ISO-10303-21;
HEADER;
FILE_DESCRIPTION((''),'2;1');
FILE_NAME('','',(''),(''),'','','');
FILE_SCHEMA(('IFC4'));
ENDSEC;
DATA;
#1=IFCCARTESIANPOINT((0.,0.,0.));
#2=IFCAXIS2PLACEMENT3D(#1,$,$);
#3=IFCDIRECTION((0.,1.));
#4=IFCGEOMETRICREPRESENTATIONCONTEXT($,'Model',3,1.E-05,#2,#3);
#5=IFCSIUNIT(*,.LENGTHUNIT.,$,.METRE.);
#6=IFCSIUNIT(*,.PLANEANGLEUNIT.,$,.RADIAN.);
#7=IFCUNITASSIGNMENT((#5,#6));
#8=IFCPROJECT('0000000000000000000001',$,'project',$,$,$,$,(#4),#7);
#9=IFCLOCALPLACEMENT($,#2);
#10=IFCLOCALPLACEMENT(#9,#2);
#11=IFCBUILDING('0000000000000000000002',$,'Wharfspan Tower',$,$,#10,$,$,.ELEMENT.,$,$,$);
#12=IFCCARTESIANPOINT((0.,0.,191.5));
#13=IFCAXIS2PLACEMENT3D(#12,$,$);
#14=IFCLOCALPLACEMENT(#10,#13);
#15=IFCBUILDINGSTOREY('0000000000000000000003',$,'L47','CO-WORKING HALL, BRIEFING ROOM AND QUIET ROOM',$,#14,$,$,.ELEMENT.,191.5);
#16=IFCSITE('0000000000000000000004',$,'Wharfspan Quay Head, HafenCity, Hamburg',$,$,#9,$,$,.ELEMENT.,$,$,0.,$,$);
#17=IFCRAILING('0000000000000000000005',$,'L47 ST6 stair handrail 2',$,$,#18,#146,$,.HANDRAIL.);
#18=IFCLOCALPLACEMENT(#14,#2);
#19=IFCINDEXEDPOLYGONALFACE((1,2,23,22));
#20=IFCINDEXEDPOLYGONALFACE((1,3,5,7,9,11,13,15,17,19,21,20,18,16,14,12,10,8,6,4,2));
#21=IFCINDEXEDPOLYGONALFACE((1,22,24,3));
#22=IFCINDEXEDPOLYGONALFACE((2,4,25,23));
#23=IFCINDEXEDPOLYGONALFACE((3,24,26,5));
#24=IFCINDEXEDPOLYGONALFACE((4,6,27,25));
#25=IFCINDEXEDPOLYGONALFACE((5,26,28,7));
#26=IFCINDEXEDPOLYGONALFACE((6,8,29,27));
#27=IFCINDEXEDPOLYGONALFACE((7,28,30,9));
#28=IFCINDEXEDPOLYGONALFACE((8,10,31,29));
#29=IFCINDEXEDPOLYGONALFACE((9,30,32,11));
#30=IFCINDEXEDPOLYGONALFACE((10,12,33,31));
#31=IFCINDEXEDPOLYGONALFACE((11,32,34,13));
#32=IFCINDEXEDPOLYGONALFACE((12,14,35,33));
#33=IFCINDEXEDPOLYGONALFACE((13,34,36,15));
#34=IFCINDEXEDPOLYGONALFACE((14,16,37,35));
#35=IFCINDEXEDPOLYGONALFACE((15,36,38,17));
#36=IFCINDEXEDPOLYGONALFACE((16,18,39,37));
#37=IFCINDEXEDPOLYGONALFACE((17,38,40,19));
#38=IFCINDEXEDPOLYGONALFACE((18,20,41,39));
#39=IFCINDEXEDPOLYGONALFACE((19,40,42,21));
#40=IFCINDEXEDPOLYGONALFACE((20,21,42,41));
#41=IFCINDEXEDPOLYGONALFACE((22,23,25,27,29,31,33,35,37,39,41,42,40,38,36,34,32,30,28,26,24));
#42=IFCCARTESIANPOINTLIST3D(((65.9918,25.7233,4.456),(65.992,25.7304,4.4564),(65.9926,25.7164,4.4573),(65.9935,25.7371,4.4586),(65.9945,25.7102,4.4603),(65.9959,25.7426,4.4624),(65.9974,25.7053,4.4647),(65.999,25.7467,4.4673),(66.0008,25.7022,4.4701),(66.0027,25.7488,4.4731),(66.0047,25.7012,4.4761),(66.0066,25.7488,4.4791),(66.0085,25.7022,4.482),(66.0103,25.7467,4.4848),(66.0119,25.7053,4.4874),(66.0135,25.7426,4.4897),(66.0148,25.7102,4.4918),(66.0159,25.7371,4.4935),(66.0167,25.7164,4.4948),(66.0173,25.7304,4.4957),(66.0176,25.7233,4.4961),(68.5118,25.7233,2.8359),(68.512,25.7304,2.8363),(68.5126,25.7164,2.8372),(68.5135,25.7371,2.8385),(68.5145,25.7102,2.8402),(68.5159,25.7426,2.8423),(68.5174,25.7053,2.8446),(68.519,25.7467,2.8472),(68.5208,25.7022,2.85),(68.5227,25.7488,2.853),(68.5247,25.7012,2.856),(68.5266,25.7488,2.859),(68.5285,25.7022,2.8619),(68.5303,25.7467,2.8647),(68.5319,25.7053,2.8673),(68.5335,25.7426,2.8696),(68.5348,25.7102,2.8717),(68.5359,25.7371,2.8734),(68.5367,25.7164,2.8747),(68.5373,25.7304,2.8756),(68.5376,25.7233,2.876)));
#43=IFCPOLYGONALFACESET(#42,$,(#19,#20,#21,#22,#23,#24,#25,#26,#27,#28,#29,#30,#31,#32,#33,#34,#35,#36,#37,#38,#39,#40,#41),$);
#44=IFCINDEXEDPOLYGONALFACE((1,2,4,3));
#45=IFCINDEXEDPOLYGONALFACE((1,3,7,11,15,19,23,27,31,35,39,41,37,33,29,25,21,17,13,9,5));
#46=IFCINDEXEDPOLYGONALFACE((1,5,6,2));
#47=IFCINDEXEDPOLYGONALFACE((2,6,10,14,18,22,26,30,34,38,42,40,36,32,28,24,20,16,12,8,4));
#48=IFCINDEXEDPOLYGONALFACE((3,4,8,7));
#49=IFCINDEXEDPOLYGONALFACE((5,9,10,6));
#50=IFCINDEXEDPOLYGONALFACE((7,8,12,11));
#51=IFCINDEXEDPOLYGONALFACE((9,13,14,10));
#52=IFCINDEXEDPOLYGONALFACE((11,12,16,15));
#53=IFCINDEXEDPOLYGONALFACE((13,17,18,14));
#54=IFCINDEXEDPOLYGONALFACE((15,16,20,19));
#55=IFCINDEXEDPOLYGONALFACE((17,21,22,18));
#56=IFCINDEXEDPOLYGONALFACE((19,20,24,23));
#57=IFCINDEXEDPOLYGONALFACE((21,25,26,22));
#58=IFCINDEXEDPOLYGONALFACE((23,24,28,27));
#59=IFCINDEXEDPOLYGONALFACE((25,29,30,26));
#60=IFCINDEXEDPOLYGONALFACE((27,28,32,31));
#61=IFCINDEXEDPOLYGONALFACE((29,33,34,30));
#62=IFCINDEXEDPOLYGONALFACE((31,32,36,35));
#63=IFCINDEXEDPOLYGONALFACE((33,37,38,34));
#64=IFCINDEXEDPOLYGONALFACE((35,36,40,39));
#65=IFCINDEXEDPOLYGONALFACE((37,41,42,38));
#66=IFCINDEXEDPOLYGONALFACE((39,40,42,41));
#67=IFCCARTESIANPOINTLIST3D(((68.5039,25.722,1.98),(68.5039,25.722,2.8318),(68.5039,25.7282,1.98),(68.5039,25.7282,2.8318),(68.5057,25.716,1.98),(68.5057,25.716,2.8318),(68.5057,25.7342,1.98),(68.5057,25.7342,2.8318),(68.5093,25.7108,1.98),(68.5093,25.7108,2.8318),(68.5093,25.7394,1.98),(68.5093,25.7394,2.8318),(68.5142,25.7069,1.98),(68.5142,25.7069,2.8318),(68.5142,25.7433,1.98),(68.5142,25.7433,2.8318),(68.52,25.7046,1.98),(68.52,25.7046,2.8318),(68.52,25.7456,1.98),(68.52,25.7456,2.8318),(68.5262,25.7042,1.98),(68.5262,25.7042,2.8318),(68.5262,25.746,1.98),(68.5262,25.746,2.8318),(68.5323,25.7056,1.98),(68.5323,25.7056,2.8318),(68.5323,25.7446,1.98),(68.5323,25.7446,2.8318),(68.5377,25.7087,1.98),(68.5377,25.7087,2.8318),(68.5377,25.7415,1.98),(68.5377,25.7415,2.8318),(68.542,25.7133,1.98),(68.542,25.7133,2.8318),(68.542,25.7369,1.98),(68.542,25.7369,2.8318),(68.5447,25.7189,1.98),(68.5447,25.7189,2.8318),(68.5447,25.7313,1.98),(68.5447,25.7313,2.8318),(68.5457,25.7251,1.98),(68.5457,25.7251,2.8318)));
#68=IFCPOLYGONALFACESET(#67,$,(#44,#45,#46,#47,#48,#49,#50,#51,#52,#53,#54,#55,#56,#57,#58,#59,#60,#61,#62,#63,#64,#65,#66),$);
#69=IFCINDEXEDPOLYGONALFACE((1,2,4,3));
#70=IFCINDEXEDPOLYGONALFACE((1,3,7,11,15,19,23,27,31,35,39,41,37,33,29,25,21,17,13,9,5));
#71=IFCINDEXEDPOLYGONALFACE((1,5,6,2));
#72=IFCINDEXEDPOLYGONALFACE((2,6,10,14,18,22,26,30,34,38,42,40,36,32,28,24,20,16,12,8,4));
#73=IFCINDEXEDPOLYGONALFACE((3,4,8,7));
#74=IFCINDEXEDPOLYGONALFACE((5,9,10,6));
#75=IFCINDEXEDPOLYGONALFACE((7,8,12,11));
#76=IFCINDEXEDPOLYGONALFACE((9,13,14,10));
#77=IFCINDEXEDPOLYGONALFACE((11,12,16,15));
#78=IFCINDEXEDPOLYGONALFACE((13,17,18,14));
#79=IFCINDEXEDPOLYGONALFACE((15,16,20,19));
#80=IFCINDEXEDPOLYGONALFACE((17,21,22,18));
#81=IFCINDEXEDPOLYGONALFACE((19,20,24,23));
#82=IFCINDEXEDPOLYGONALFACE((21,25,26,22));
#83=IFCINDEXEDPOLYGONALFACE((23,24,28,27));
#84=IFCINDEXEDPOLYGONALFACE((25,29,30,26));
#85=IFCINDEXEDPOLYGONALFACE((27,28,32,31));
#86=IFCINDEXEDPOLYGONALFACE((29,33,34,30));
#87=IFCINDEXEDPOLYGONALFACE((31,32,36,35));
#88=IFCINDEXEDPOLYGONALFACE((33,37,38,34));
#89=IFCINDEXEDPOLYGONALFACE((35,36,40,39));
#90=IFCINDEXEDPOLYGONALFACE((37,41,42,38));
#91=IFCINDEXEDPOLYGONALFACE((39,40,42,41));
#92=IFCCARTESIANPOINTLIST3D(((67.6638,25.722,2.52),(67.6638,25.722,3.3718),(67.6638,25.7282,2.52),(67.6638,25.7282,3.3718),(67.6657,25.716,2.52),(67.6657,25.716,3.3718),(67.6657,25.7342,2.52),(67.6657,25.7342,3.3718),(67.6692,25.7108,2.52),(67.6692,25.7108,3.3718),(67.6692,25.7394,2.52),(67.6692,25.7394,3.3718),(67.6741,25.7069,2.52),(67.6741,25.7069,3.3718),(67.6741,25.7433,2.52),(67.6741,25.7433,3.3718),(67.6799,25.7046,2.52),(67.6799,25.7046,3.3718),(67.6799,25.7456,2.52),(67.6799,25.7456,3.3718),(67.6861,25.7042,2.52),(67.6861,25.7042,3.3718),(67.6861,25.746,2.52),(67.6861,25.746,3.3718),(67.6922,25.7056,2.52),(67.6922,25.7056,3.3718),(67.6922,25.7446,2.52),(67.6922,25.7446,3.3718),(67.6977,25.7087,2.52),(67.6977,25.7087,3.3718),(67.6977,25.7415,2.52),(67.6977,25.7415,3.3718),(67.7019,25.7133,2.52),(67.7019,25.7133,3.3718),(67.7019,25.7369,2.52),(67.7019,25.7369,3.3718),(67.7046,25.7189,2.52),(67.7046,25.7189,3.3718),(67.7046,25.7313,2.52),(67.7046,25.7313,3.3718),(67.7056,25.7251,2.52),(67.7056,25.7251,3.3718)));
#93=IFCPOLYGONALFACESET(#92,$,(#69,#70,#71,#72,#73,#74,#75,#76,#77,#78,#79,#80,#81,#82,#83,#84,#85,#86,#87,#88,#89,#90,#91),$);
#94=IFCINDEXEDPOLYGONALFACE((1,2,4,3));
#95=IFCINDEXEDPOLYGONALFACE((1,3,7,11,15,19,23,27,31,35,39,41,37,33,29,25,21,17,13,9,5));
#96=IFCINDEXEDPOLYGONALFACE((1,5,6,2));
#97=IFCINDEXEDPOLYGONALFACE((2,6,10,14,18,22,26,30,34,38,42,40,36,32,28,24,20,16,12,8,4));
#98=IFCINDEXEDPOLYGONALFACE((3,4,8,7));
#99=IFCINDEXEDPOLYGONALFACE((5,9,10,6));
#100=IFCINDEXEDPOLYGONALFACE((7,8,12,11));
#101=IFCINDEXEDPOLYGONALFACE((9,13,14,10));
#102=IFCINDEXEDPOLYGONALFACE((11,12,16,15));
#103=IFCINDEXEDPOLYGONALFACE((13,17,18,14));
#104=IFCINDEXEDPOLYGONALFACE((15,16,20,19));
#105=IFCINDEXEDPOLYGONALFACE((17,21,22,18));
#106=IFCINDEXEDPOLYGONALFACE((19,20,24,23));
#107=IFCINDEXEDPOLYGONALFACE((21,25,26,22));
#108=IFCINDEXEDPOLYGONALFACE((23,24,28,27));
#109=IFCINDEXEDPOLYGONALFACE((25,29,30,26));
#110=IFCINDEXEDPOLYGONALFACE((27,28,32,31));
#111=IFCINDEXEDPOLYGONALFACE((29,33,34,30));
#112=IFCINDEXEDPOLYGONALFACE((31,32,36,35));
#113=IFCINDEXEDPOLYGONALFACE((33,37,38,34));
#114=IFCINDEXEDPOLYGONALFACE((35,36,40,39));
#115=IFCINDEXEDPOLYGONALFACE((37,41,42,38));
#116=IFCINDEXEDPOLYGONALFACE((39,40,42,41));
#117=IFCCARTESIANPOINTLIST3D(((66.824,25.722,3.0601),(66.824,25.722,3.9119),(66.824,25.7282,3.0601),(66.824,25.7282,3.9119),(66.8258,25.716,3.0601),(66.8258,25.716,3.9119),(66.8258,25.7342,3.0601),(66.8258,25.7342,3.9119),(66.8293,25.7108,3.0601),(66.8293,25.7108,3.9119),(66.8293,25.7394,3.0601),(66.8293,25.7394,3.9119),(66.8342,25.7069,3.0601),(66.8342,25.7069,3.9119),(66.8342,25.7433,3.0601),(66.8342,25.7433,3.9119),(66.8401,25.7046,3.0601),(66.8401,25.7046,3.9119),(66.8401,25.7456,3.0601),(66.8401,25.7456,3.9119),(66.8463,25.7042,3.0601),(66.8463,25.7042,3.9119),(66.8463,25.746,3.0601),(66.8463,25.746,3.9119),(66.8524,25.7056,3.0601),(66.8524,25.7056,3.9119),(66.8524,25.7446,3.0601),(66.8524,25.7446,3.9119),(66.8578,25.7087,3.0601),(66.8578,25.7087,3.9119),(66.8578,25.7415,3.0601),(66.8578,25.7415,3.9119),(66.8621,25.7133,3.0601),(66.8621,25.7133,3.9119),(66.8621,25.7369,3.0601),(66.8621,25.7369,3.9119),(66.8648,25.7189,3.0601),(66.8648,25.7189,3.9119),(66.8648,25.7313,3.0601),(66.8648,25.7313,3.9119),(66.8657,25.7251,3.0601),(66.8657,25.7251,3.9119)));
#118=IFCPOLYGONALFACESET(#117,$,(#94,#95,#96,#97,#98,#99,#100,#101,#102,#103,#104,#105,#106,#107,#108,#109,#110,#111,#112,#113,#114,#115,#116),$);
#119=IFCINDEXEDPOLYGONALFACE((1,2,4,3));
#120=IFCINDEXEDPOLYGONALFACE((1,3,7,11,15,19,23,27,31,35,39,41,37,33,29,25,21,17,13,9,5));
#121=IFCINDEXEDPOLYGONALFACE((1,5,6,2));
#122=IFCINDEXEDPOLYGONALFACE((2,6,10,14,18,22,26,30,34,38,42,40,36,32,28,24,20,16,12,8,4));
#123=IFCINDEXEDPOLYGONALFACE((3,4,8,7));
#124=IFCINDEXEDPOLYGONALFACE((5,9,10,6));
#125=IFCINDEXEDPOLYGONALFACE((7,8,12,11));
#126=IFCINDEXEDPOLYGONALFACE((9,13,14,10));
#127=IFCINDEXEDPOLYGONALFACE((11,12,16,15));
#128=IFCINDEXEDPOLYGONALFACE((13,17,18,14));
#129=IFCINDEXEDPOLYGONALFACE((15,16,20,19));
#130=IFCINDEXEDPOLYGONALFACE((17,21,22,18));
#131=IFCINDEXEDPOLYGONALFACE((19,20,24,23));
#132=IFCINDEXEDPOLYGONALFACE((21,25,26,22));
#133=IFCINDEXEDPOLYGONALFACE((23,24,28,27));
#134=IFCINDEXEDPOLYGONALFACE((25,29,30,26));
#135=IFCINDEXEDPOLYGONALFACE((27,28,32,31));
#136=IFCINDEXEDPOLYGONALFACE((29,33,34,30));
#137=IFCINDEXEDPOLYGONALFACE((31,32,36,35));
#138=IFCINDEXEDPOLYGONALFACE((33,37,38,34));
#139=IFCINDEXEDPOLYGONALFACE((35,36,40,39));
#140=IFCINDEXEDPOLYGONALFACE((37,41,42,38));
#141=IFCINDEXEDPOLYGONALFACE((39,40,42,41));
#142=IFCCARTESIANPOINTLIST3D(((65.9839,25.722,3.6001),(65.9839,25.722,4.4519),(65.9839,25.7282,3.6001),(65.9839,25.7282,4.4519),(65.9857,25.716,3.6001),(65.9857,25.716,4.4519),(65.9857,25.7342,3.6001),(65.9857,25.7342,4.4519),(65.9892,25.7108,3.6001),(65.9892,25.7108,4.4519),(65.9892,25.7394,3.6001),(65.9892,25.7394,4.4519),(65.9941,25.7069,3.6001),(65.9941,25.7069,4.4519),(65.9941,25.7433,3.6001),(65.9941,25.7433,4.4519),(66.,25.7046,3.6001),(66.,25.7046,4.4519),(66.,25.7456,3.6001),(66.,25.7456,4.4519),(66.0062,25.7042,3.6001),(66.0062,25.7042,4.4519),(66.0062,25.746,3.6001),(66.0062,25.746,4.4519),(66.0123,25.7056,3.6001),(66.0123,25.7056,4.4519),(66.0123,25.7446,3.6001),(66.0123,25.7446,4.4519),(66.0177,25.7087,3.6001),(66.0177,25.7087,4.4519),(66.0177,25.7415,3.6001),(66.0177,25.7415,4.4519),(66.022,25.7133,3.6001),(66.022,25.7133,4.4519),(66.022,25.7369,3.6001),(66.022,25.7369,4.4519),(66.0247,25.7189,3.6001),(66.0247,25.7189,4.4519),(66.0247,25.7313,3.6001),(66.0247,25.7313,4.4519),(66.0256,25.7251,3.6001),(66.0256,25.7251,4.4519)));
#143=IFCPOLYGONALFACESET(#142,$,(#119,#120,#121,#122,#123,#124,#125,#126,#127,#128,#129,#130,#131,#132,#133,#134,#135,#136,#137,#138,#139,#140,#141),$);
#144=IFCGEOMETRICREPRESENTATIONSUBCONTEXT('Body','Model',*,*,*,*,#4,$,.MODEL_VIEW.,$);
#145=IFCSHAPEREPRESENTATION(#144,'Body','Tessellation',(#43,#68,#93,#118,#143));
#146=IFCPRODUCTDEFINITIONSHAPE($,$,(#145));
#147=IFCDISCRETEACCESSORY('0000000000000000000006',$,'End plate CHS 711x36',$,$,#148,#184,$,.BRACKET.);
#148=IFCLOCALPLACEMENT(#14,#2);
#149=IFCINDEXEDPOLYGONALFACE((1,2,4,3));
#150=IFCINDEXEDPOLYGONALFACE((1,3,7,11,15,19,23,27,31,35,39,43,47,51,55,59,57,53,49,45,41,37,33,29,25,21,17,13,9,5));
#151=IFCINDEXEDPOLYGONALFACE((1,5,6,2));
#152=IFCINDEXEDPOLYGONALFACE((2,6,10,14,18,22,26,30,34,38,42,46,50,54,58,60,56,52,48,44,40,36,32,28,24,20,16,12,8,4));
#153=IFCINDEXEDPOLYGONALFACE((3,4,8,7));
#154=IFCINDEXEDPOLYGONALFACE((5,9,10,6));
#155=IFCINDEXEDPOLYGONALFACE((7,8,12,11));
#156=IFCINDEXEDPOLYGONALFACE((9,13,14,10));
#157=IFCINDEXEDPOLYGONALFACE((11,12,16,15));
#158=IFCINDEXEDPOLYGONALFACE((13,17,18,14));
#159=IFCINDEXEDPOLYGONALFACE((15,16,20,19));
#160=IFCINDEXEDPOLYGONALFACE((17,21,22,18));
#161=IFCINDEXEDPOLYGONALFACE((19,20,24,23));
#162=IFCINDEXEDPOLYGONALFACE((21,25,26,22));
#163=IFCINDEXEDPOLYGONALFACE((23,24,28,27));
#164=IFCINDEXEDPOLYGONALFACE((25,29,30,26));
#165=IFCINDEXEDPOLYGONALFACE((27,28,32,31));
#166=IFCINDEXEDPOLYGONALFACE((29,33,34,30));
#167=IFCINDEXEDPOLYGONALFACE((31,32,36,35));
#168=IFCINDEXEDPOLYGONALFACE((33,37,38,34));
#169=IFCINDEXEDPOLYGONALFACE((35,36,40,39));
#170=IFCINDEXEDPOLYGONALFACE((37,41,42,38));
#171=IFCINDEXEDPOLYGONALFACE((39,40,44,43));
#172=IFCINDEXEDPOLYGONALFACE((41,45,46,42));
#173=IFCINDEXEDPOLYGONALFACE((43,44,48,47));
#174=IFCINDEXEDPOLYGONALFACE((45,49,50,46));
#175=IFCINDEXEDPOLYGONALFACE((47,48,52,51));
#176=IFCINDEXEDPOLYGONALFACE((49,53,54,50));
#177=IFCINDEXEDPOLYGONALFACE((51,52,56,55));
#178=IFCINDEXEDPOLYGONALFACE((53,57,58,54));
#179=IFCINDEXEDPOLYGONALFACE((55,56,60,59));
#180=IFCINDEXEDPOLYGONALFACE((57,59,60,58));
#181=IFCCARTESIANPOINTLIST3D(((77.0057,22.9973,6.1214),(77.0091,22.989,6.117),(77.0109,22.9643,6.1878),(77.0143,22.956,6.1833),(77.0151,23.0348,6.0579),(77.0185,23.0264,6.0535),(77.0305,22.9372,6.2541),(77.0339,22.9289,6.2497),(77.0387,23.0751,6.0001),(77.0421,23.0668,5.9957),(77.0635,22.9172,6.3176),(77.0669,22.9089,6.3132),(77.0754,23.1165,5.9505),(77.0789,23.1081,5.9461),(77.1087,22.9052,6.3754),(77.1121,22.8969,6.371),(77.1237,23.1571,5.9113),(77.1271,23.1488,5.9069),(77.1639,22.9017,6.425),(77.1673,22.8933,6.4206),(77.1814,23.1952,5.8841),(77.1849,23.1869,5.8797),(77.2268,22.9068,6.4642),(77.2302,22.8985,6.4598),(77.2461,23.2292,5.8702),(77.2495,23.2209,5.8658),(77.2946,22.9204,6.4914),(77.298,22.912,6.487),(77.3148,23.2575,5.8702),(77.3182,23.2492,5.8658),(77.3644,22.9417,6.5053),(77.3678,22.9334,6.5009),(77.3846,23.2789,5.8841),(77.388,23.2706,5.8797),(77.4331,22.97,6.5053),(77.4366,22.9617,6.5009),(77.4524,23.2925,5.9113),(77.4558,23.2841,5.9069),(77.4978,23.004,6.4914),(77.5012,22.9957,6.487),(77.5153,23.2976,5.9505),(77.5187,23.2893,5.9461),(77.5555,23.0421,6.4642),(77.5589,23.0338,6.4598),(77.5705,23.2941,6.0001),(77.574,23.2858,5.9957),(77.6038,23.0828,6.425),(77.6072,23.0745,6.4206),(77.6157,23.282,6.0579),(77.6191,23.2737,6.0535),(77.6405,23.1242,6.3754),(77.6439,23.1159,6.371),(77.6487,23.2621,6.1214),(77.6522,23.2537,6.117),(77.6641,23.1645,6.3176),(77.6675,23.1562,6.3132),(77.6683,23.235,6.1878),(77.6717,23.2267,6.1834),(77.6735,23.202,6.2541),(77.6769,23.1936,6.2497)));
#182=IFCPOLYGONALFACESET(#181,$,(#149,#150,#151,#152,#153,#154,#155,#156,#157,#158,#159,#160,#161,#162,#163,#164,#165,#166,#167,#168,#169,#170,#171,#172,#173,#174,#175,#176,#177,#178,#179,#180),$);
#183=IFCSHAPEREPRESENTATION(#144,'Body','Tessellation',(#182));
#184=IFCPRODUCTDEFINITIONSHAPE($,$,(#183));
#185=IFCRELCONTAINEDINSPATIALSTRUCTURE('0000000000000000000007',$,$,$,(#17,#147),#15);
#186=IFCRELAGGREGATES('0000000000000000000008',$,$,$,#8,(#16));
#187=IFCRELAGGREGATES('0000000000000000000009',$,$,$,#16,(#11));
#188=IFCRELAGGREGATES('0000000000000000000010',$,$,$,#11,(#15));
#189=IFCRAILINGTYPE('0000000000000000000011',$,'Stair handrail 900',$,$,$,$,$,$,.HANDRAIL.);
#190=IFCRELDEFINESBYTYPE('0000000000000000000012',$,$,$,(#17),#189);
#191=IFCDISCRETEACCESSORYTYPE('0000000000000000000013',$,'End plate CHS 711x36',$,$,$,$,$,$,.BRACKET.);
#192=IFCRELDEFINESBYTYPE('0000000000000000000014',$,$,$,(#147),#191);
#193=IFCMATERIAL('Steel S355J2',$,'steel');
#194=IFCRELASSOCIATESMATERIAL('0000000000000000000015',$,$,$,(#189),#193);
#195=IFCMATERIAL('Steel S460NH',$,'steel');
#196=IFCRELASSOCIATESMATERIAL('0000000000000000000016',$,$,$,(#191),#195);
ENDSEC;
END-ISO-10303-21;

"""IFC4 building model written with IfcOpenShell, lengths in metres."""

from ifc_helpers import new_model, si_unit, direction, frame, origin, origin_2d, place, context, subcontext, project, spatial, circle, extrude, material, material_profile, profile_set, type_object, element, save


model = new_model("IFC4")

# Units and contexts
model_context = context("Model", 3, precision=1e-05, world=origin(), true_north=direction((0.0, 1.0)))
body_context = subcontext(model_context, "Body", "Model", "MODEL_VIEW")
ifc_project = project(units=[si_unit("LENGTHUNIT", "METRE"), si_unit("PLANEANGLEUNIT", "RADIAN")], contexts=[model_context])

# Site, building, storey
site_placement = place(None, origin())
site = spatial("IfcSite", under=ifc_project, at=site_placement, Name="Wharfspan Quay Head, HafenCity, Hamburg", CompositionType="ELEMENT", RefElevation=0.0)
building_placement = place(site_placement, origin())
building = spatial("IfcBuilding", under=site, at=building_placement, Name="Wharfspan Tower", CompositionType="ELEMENT")
storey_placement = place(building_placement, frame((0.0, 0.0, 191.5)))
storey = spatial("IfcBuildingStorey", under=building, at=storey_placement, Name="L47", Description="CO-WORKING HALL, BRIEFING ROOM AND QUIET ROOM", CompositionType="ELEMENT", Elevation=191.5)

# Shared definitions
ifc_material_1 = material(Name="Steel S355J2", Category="steel")

# Shared definitions
ifc_material_2 = material(Name="Steel S460NH", Category="steel")

# Railing
railing_type_1 = type_object("IfcRailingType", Name="Stair handrail 900", PredefinedType="HANDRAIL", material=ifc_material_1)
railing_1_placement = place(storey_placement, frame((68.5247, 25.7251, 1.98)))
element("IfcRailing", 1, at=railing_1_placement, inside=storey, type_object=railing_type_1, Name="L47 ST6 stair handrail 2", PredefinedType="HANDRAIL", context=body_context, shape_type="SweptSolid", body=[
    extrude(circle(Radius=0.0239, at=origin_2d()), frame((0.0, 0.0, 0.876), z_axis=(-0.841163, 0.0, 0.540782), x_axis=(0.0, -1.0, 0.0)), (0.0, 0.0, 1.0), 2.9958),
    extrude(circle(Radius=0.021, at=origin_2d()), origin(), (0.0, 0.0, 1.0), 0.8518),
    extrude(circle(Radius=0.021, at=origin_2d()), frame((-0.8401, 0.0, 0.54)), (0.0, 0.0, 1.0), 0.8518),
    extrude(circle(Radius=0.021, at=origin_2d()), frame((-1.6799, 0.0, 1.0801)), (0.0, 0.0, 1.0), 0.8518),
    extrude(circle(Radius=0.021, at=origin_2d()), frame((-2.52, 0.0, 1.6201)), (0.0, 0.0, 1.0), 0.8518),
])

# Discrete accessory
ifc_material_profile_1 = material_profile(ifc_material_2, circle(Radius=0.3555, at=origin_2d()))
ifc_profile_set_1 = profile_set([ifc_material_profile_1], Name="Steel S460NH")
discrete_accessory_type = type_object("IfcDiscreteAccessoryType", Name="End plate CHS 711x36", PredefinedType="BRACKET", material=ifc_profile_set_1)
for number, where, z_axis, x_axis, name in (
    (2, (77.343, 23.0913, 6.1833), (-0.341972, 0.830504, 0.439679), (-0.924678, -0.380749, -0.000001), "End plate CHS 711x36"),
):
    element("IfcDiscreteAccessory", number, at=place(storey_placement, frame(where, z_axis=z_axis, x_axis=x_axis)), inside=storey, type_object=discrete_accessory_type, Name=name, PredefinedType="BRACKET", context=body_context, shape_type="SweptSolid", body=[
        extrude(circle(Radius=0.3555, at=origin_2d()), origin(), (0.0, 0.0, 1.0), 0.01),
    ])

save(model, "model.ifc")
